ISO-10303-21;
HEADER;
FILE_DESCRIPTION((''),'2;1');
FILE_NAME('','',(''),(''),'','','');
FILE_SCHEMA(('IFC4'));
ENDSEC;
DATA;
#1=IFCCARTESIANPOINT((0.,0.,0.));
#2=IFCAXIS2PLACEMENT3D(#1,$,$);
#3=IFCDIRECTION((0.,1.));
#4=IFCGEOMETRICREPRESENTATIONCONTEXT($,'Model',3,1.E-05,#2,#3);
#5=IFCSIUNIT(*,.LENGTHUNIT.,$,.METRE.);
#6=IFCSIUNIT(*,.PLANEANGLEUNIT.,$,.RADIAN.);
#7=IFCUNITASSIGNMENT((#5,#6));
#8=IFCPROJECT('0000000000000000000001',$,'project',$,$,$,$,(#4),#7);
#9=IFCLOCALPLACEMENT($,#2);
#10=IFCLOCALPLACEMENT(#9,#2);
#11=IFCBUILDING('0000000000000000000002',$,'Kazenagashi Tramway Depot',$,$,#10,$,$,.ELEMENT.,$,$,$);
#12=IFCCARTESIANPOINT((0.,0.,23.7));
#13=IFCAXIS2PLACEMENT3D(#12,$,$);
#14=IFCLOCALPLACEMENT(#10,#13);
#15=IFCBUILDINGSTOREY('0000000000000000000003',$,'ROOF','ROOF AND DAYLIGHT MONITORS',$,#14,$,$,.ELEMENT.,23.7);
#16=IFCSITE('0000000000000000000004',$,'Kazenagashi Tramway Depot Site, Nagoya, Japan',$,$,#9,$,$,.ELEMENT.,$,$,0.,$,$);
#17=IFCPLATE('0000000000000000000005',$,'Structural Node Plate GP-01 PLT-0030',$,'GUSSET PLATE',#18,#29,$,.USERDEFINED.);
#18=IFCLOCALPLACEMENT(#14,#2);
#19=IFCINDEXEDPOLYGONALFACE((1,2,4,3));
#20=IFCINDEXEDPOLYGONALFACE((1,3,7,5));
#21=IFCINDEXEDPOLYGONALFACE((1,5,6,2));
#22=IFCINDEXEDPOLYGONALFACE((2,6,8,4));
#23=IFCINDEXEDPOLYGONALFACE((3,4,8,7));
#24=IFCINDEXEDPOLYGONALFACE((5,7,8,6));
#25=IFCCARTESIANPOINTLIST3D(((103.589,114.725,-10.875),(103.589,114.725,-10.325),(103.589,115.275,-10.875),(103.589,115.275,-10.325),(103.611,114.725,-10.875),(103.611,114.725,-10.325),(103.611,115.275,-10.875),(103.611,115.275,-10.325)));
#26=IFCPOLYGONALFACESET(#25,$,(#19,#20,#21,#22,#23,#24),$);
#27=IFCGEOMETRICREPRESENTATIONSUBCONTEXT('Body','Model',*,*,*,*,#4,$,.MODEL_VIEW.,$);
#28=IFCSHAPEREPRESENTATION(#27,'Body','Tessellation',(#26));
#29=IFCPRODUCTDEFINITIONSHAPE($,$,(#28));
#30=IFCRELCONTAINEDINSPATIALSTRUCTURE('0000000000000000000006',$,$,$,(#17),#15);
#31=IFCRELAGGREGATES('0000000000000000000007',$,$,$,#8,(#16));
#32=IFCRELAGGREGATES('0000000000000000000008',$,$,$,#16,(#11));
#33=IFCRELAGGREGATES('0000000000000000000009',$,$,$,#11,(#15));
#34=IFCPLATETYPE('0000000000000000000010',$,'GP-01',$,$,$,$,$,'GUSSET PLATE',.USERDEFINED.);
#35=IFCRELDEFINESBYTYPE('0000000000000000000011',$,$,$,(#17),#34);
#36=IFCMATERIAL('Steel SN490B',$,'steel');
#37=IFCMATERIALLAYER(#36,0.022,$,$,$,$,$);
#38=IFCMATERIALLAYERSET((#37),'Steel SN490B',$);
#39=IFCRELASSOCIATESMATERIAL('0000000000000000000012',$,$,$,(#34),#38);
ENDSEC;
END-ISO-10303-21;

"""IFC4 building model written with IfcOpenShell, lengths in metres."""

from ifc_helpers import new_model, si_unit, direction, frame, origin, origin_2d, place, context, subcontext, project, spatial, rectangle, extrude, material, layer, layer_set, type_object, element, save


model = new_model("IFC4")

# Units and contexts
model_context = context("Model", 3, precision=1e-05, world=origin(), true_north=direction((0.0, 1.0)))
body_context = subcontext(model_context, "Body", "Model", "MODEL_VIEW")
ifc_project = project(units=[si_unit("LENGTHUNIT", "METRE"), si_unit("PLANEANGLEUNIT", "RADIAN")], contexts=[model_context])

# Site, building, storey
site_placement = place(None, origin())
site = spatial("IfcSite", under=ifc_project, at=site_placement, Name="Kazenagashi Tramway Depot Site, Nagoya, Japan", CompositionType="ELEMENT", RefElevation=0.0)
building_placement = place(site_placement, origin())
building = spatial("IfcBuilding", under=site, at=building_placement, Name="Kazenagashi Tramway Depot", CompositionType="ELEMENT")
storey_placement = place(building_placement, frame((0.0, 0.0, 23.7)))
storey = spatial("IfcBuildingStorey", under=building, at=storey_placement, Name="ROOF", Description="ROOF AND DAYLIGHT MONITORS", CompositionType="ELEMENT", Elevation=23.7)

# Plate
ifc_material_1 = material(Name="Steel SN490B", Category="steel")
ifc_layer_1 = layer(ifc_material_1, 0.022)
ifc_layer_set_1 = layer_set([ifc_layer_1], Name="Steel SN490B")
plate_type_1 = type_object("IfcPlateType", Name="GP-01", ElementType="GUSSET PLATE", PredefinedType="USERDEFINED", material=ifc_layer_set_1)
plate_1_placement = place(storey_placement, frame((103.6, 115.0, -10.875), z_axis=(0.0, 0.0, 1.0), x_axis=(0.0, 1.0, 0.0)))
element("IfcPlate", 1, at=plate_1_placement, inside=storey, type_object=plate_type_1, Name="Structural Node Plate GP-01 PLT-0030", ObjectType="GUSSET PLATE", PredefinedType="USERDEFINED", context=body_context, shape_type="SweptSolid", body=[
    extrude(rectangle(XDim=0.55, YDim=0.022, at=origin_2d()), origin(), (0.0, 0.0, 1.0), 0.55),
])

save(model, "model.ifc")
